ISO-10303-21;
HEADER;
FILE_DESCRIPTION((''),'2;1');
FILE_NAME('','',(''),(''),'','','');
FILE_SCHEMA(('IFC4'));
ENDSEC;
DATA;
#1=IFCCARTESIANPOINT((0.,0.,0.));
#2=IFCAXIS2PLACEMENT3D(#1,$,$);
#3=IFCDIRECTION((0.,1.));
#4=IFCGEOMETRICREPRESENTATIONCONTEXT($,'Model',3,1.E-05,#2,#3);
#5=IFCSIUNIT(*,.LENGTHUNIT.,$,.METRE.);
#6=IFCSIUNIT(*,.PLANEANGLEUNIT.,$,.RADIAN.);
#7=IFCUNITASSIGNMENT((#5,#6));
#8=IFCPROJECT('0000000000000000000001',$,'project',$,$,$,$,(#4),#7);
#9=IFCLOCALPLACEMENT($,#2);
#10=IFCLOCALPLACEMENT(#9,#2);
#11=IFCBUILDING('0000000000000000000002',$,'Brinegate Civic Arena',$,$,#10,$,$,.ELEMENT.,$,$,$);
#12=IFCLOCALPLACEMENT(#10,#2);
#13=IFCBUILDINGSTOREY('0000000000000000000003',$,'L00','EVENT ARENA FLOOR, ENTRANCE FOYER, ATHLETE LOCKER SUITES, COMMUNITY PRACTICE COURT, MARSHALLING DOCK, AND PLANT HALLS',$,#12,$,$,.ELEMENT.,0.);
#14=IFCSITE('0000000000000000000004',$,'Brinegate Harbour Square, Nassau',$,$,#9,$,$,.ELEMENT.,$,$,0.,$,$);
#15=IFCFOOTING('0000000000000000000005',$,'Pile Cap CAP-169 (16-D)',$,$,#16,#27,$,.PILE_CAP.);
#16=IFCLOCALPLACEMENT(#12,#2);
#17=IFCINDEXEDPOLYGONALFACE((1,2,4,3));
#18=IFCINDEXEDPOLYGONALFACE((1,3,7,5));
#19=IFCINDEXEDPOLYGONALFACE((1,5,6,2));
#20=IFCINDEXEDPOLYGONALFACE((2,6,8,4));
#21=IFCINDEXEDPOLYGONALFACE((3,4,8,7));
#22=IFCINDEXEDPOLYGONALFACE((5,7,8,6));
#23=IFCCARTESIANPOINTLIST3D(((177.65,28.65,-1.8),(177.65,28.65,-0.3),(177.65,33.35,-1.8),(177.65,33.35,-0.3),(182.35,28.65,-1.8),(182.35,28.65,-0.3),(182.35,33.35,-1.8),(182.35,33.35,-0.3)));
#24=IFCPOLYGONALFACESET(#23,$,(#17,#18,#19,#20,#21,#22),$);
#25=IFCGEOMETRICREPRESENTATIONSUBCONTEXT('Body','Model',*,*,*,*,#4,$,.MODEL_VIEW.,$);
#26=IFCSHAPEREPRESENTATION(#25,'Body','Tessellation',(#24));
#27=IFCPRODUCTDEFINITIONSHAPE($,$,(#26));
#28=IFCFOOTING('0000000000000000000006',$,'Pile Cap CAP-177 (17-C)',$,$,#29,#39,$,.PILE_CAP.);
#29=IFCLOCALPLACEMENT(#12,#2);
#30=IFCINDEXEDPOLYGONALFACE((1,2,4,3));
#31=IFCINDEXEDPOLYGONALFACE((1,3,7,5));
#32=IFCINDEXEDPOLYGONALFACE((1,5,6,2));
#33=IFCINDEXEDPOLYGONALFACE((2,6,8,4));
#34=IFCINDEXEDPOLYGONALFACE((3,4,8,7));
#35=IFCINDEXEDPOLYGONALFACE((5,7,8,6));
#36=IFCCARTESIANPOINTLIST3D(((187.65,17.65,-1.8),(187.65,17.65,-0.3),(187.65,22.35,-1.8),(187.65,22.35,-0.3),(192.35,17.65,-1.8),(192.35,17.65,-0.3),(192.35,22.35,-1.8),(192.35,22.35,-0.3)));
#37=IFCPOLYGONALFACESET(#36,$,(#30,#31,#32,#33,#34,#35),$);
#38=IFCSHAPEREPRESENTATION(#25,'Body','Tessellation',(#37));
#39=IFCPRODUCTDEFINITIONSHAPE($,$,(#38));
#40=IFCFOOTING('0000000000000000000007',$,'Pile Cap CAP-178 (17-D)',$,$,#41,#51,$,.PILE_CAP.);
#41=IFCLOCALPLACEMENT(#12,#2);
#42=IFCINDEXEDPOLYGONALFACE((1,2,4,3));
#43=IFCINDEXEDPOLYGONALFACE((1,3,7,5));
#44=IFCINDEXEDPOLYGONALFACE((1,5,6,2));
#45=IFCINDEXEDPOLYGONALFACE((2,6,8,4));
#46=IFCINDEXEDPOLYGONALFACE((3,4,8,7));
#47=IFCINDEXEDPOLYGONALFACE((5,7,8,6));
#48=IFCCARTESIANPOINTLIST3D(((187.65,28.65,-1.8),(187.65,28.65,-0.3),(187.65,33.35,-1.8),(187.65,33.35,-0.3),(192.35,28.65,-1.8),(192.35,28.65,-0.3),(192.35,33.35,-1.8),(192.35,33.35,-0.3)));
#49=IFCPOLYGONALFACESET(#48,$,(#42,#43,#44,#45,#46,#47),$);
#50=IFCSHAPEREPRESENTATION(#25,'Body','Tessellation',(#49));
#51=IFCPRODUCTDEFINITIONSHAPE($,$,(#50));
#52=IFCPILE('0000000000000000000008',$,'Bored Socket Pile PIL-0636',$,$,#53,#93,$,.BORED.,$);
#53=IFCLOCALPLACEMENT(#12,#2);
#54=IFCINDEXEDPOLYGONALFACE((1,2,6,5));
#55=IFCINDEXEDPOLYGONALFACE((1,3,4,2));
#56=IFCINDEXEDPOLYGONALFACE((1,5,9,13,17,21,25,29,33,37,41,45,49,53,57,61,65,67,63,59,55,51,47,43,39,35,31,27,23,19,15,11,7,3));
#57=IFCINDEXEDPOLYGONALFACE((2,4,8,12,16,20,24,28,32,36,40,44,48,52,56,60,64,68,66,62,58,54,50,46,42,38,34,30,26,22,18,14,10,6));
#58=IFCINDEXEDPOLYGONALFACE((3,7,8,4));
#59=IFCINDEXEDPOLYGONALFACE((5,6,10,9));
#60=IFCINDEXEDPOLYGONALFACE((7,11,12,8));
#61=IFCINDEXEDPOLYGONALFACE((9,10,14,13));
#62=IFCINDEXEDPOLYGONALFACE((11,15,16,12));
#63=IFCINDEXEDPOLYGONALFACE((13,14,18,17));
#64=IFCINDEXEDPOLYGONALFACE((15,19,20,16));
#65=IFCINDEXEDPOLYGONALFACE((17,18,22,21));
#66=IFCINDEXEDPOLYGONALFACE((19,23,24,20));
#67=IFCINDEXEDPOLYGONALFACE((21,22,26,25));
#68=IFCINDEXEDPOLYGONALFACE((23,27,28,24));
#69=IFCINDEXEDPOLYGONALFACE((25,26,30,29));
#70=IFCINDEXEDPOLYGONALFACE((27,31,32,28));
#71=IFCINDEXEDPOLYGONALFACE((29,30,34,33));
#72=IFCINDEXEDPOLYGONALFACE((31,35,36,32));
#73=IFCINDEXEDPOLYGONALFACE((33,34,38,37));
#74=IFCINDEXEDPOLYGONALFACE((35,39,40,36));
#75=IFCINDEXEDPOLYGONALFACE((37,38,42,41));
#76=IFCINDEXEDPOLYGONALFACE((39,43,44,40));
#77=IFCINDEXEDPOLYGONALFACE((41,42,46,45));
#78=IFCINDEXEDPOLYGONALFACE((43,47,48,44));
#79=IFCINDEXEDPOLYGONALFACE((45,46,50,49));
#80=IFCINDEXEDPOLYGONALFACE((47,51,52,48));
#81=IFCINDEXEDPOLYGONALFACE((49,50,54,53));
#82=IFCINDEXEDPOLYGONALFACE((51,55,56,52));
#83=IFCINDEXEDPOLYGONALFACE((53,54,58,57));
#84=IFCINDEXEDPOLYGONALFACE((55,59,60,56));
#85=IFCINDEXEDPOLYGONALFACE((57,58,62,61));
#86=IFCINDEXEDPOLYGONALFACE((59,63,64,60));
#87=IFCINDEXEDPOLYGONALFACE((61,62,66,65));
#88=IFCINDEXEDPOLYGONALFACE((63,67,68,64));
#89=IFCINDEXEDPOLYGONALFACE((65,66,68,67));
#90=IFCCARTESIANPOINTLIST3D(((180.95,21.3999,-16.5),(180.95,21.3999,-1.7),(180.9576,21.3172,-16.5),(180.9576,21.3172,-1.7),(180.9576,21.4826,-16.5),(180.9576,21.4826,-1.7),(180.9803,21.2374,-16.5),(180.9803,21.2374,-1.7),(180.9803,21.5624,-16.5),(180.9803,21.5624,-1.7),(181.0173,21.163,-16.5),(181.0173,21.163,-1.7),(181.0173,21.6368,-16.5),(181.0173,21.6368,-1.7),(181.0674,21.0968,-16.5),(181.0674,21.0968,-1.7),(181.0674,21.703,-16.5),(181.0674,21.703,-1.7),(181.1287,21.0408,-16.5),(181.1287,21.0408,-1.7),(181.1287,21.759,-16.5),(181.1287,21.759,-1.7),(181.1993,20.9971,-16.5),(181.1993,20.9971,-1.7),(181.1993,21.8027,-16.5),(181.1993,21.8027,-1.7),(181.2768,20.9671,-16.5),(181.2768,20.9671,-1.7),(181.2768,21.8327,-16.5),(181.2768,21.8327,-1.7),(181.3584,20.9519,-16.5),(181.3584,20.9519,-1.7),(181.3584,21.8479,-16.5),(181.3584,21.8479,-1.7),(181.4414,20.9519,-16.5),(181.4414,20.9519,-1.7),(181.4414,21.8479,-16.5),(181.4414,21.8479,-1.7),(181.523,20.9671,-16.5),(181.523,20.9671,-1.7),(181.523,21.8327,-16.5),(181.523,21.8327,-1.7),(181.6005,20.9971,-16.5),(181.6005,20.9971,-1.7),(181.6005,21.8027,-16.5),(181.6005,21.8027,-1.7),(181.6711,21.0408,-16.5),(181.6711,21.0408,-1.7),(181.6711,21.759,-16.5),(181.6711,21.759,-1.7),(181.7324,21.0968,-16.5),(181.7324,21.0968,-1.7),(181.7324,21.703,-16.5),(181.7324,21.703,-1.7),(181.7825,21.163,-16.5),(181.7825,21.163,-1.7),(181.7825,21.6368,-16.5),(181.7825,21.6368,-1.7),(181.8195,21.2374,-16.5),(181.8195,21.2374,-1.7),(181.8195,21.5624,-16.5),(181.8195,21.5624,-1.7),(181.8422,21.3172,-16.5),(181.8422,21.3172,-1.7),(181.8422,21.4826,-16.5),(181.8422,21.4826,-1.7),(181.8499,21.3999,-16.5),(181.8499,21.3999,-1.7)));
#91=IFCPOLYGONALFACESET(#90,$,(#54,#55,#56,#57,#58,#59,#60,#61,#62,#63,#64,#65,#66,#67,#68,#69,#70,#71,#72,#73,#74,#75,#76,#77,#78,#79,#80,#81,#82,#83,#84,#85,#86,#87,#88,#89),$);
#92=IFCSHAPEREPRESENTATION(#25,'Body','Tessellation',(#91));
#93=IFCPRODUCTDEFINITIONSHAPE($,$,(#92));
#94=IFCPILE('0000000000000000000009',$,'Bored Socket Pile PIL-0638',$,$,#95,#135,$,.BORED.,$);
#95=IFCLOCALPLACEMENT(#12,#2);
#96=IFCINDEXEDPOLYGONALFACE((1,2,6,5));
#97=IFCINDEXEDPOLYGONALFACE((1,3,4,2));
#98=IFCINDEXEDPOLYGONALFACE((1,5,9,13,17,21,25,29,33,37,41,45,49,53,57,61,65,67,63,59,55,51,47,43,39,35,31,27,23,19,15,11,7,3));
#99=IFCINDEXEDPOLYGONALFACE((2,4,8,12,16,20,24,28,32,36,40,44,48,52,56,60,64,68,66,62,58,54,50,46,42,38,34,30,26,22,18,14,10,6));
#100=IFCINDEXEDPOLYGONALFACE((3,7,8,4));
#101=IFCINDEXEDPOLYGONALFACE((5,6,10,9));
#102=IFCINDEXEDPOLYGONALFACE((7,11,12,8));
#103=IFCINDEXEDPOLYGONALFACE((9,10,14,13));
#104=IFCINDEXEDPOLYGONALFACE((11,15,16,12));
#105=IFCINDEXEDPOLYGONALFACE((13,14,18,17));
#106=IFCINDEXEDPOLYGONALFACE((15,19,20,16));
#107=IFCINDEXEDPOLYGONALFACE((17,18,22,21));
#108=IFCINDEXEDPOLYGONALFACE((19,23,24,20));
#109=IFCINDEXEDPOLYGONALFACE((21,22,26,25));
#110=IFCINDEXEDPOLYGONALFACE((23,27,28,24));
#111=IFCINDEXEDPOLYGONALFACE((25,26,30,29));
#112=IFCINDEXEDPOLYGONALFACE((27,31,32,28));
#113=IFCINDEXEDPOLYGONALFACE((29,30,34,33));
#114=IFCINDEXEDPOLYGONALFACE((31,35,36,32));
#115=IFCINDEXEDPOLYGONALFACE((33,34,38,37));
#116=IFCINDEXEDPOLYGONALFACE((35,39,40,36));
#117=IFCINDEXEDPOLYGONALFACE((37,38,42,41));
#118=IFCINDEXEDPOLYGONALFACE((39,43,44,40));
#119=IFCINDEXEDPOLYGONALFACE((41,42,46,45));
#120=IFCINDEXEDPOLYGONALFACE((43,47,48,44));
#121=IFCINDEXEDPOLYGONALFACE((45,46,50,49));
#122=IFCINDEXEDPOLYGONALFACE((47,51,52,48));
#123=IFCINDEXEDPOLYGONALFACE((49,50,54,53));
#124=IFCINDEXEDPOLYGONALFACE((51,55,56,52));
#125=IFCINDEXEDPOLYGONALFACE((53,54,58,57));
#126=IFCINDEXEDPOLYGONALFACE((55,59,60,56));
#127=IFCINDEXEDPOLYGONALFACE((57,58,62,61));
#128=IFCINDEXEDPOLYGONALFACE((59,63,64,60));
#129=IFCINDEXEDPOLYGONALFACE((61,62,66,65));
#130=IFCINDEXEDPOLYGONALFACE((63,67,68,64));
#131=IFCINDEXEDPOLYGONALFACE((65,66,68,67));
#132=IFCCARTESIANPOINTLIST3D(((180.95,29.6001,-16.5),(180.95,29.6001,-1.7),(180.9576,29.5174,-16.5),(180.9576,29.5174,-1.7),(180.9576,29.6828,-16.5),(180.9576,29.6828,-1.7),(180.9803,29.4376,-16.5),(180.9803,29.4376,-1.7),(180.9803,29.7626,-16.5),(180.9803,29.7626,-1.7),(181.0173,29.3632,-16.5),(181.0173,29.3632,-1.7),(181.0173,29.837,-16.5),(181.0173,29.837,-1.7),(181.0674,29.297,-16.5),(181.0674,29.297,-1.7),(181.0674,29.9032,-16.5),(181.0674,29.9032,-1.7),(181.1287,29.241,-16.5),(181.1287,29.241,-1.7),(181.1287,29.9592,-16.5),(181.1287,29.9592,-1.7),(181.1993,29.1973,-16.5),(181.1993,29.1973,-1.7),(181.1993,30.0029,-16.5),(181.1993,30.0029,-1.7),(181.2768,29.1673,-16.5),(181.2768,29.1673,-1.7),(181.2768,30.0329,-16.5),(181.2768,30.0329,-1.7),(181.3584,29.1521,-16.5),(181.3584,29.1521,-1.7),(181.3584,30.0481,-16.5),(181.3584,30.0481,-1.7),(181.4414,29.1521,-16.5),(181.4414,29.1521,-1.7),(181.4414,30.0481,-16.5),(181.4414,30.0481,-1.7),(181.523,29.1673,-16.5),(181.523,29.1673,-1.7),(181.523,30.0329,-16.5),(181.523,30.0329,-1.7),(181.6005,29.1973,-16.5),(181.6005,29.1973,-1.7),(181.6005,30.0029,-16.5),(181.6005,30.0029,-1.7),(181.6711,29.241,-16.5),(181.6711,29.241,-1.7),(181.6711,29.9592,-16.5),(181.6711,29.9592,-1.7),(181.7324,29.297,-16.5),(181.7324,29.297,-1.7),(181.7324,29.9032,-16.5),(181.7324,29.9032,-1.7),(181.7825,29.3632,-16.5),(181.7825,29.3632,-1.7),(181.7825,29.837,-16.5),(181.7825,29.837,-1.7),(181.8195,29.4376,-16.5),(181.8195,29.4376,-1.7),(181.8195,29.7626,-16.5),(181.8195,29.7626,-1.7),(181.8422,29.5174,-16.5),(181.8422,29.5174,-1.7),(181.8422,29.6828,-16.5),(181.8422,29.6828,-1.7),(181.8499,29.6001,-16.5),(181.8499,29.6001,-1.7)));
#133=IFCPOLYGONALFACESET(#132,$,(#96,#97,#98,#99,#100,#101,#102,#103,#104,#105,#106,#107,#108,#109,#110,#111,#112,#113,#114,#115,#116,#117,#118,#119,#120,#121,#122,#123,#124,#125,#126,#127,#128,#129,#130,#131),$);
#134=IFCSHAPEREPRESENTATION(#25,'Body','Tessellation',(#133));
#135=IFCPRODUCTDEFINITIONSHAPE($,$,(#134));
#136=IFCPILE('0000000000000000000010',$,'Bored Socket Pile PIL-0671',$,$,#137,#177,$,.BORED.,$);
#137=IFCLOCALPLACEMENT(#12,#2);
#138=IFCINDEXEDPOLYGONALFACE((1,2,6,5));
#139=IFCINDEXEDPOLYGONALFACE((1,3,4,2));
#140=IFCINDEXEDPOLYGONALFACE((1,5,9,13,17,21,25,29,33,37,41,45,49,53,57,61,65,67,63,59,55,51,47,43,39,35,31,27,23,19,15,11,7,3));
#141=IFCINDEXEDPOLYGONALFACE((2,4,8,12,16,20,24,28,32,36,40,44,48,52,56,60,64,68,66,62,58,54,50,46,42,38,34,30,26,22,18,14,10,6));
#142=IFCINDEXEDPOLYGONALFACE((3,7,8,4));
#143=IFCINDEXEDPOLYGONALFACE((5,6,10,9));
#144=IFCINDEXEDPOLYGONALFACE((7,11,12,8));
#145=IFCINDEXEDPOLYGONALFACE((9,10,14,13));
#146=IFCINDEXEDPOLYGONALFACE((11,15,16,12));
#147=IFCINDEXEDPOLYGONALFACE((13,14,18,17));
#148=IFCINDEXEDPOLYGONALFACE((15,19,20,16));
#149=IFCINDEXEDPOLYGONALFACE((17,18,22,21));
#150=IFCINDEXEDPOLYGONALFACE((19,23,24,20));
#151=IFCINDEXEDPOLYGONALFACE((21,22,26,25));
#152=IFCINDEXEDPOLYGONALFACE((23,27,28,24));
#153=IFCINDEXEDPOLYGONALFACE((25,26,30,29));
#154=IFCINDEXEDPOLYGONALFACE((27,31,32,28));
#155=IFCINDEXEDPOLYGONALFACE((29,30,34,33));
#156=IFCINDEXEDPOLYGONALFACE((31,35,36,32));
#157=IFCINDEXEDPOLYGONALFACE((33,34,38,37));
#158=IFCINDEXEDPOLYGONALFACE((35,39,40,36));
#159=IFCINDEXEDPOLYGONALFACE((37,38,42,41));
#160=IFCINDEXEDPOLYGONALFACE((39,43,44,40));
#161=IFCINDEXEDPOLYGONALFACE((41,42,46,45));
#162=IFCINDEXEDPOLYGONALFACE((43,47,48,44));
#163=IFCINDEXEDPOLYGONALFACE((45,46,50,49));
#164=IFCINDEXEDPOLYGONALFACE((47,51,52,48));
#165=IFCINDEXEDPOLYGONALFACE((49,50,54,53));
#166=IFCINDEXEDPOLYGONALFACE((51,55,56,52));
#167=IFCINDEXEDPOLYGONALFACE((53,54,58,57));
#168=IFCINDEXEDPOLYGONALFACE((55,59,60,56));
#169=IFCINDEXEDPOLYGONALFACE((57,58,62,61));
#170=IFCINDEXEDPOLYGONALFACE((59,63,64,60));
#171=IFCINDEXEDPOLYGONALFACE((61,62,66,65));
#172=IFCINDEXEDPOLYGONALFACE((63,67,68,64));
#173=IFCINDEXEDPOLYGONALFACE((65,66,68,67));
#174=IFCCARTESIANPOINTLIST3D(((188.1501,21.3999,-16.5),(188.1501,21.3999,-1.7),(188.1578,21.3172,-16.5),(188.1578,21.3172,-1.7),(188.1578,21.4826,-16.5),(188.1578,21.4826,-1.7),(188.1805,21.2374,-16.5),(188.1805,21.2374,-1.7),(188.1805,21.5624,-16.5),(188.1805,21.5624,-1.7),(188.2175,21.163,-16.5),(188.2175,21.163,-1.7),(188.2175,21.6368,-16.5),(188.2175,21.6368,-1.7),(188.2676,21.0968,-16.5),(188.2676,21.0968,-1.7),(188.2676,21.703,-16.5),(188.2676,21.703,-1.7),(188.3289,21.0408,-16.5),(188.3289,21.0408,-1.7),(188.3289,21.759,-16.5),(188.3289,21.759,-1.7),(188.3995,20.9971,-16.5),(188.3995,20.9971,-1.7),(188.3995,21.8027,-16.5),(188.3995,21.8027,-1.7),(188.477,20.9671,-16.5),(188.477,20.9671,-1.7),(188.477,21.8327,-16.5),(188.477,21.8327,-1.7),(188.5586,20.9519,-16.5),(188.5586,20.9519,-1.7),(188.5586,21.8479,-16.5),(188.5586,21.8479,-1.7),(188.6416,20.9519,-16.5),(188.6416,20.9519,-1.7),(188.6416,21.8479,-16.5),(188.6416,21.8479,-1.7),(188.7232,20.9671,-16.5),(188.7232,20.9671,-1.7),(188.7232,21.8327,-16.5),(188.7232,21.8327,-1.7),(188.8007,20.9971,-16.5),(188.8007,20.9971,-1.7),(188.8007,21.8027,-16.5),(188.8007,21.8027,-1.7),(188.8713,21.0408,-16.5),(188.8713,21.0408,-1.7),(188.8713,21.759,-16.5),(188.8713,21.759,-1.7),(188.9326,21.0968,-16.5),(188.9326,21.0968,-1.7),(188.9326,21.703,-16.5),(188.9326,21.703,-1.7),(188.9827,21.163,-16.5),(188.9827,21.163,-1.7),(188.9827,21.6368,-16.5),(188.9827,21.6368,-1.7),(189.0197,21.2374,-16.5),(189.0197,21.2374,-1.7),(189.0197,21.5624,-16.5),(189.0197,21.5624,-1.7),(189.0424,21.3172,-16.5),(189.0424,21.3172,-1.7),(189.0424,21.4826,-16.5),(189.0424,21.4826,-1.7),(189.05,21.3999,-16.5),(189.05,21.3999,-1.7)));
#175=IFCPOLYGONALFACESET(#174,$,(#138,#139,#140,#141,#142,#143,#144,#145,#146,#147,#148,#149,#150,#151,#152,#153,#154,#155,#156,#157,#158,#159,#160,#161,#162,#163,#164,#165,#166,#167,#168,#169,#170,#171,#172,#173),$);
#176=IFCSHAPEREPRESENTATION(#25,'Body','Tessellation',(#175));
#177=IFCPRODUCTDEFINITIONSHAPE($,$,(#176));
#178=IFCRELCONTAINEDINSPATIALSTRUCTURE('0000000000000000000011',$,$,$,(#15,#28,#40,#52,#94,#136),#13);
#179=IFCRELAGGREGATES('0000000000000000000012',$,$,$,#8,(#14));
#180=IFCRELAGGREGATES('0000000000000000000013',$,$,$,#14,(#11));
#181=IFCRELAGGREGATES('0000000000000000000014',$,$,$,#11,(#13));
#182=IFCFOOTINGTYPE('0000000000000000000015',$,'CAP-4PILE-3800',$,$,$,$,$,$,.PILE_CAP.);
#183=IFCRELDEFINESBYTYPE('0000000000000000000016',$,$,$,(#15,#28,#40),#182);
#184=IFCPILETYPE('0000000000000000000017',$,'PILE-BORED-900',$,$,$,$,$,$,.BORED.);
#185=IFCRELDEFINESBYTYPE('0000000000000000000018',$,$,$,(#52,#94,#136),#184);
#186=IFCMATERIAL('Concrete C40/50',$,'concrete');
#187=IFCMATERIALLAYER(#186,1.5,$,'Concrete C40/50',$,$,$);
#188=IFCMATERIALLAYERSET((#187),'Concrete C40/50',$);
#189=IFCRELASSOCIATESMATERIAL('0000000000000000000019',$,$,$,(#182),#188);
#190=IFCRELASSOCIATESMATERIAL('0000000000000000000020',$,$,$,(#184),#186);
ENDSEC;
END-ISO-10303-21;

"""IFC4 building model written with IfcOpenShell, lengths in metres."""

from ifc_helpers import new_model, si_unit, direction, frame, origin, origin_2d, place, context, subcontext, project, spatial, rectangle, circle, extrude, material, layer, layer_set, material_profile, profile_set, type_object, element, save


model = new_model("IFC4")

# Units and contexts
model_context = context("Model", 3, precision=1e-05, world=origin(), true_north=direction((0.0, 1.0)))
body_context = subcontext(model_context, "Body", "Model", "MODEL_VIEW")
ifc_project = project(units=[si_unit("LENGTHUNIT", "METRE"), si_unit("PLANEANGLEUNIT", "RADIAN")], contexts=[model_context])

# Site, building, storey
site_placement = place(None, origin())
site = spatial("IfcSite", under=ifc_project, at=site_placement, Name="Brinegate Harbour Square, Nassau", CompositionType="ELEMENT", RefElevation=0.0)
building_placement = place(site_placement, origin())
building = spatial("IfcBuilding", under=site, at=building_placement, Name="Brinegate Civic Arena", CompositionType="ELEMENT")
storey_placement = place(building_placement, origin())
storey = spatial("IfcBuildingStorey", under=building, at=storey_placement, Name="L00", Description="EVENT ARENA FLOOR, ENTRANCE FOYER, ATHLETE LOCKER SUITES, COMMUNITY PRACTICE COURT, MARSHALLING DOCK, AND PLANT HALLS", CompositionType="ELEMENT", Elevation=0.0)

# Footings
ifc_material_1 = material(Name="Concrete C40/50", Category="concrete")
ifc_layer_1 = layer(ifc_material_1, 1.5, Name="Concrete C40/50")
ifc_layer_set_1 = layer_set([ifc_layer_1], Name="Concrete C40/50")
footing_type_1 = type_object("IfcFootingType", Name="CAP-4PILE-3800", PredefinedType="PILE_CAP", material=ifc_layer_set_1)
for number, where, z_axis, x_axis, name in (
    (1, (180.0, 31.0, -1.8), (0.0, 0.0, 1.0), (1.0, 0.0, 0.0), "Pile Cap CAP-169 (16-D)"),
    (2, (190.0, 20.0, -1.8), (0.0, 0.0, 1.0), (1.0, 0.0, 0.0), "Pile Cap CAP-177 (17-C)"),
    (3, (190.0, 31.0, -1.8), (0.0, 0.0, 1.0), (1.0, 0.0, 0.0), "Pile Cap CAP-178 (17-D)"),
):
    element("IfcFooting", number, at=place(storey_placement, frame(where, z_axis=z_axis, x_axis=x_axis)), inside=storey, type_object=footing_type_1, Name=name, PredefinedType="PILE_CAP", context=body_context, shape_type="SweptSolid", body=[
        extrude(rectangle(XDim=4.7, YDim=4.7, at=origin_2d()), origin(), (0.0, 0.0, 1.0), 1.5),
    ])

# Piles
ifc_material_profile_1 = material_profile(ifc_material_1, circle(Radius=0.45, at=origin_2d()), Name="PILED900")
ifc_profile_set_1 = profile_set([ifc_material_profile_1], Name="Concrete C40/50")
pile_type = type_object("IfcPileType", Name="PILE-BORED-900", PredefinedType="BORED", material=ifc_profile_set_1)
for number, where, z_axis, x_axis, name in (
    (4, (181.3999, 21.3999, -1.7), (0.0, 0.0, -1.0), (1.0, 0.0, 0.0), "Bored Socket Pile PIL-0636"),
    (5, (181.3999, 29.6001, -1.7), (0.0, 0.0, -1.0), (1.0, 0.0, 0.0), "Bored Socket Pile PIL-0638"),
    (6, (188.6001, 21.3999, -1.7), (0.0, 0.0, -1.0), (1.0, 0.0, 0.0), "Bored Socket Pile PIL-0671"),
):
    element("IfcPile", number, at=place(storey_placement, frame(where, z_axis=z_axis, x_axis=x_axis)), inside=storey, type_object=pile_type, Name=name, PredefinedType="BORED", context=body_context, shape_type="SweptSolid", body=[
        extrude(circle(Radius=0.45, at=origin_2d()), origin(), (0.0, 0.0, 1.0), 14.8),
    ])

save(model, "model.ifc")
